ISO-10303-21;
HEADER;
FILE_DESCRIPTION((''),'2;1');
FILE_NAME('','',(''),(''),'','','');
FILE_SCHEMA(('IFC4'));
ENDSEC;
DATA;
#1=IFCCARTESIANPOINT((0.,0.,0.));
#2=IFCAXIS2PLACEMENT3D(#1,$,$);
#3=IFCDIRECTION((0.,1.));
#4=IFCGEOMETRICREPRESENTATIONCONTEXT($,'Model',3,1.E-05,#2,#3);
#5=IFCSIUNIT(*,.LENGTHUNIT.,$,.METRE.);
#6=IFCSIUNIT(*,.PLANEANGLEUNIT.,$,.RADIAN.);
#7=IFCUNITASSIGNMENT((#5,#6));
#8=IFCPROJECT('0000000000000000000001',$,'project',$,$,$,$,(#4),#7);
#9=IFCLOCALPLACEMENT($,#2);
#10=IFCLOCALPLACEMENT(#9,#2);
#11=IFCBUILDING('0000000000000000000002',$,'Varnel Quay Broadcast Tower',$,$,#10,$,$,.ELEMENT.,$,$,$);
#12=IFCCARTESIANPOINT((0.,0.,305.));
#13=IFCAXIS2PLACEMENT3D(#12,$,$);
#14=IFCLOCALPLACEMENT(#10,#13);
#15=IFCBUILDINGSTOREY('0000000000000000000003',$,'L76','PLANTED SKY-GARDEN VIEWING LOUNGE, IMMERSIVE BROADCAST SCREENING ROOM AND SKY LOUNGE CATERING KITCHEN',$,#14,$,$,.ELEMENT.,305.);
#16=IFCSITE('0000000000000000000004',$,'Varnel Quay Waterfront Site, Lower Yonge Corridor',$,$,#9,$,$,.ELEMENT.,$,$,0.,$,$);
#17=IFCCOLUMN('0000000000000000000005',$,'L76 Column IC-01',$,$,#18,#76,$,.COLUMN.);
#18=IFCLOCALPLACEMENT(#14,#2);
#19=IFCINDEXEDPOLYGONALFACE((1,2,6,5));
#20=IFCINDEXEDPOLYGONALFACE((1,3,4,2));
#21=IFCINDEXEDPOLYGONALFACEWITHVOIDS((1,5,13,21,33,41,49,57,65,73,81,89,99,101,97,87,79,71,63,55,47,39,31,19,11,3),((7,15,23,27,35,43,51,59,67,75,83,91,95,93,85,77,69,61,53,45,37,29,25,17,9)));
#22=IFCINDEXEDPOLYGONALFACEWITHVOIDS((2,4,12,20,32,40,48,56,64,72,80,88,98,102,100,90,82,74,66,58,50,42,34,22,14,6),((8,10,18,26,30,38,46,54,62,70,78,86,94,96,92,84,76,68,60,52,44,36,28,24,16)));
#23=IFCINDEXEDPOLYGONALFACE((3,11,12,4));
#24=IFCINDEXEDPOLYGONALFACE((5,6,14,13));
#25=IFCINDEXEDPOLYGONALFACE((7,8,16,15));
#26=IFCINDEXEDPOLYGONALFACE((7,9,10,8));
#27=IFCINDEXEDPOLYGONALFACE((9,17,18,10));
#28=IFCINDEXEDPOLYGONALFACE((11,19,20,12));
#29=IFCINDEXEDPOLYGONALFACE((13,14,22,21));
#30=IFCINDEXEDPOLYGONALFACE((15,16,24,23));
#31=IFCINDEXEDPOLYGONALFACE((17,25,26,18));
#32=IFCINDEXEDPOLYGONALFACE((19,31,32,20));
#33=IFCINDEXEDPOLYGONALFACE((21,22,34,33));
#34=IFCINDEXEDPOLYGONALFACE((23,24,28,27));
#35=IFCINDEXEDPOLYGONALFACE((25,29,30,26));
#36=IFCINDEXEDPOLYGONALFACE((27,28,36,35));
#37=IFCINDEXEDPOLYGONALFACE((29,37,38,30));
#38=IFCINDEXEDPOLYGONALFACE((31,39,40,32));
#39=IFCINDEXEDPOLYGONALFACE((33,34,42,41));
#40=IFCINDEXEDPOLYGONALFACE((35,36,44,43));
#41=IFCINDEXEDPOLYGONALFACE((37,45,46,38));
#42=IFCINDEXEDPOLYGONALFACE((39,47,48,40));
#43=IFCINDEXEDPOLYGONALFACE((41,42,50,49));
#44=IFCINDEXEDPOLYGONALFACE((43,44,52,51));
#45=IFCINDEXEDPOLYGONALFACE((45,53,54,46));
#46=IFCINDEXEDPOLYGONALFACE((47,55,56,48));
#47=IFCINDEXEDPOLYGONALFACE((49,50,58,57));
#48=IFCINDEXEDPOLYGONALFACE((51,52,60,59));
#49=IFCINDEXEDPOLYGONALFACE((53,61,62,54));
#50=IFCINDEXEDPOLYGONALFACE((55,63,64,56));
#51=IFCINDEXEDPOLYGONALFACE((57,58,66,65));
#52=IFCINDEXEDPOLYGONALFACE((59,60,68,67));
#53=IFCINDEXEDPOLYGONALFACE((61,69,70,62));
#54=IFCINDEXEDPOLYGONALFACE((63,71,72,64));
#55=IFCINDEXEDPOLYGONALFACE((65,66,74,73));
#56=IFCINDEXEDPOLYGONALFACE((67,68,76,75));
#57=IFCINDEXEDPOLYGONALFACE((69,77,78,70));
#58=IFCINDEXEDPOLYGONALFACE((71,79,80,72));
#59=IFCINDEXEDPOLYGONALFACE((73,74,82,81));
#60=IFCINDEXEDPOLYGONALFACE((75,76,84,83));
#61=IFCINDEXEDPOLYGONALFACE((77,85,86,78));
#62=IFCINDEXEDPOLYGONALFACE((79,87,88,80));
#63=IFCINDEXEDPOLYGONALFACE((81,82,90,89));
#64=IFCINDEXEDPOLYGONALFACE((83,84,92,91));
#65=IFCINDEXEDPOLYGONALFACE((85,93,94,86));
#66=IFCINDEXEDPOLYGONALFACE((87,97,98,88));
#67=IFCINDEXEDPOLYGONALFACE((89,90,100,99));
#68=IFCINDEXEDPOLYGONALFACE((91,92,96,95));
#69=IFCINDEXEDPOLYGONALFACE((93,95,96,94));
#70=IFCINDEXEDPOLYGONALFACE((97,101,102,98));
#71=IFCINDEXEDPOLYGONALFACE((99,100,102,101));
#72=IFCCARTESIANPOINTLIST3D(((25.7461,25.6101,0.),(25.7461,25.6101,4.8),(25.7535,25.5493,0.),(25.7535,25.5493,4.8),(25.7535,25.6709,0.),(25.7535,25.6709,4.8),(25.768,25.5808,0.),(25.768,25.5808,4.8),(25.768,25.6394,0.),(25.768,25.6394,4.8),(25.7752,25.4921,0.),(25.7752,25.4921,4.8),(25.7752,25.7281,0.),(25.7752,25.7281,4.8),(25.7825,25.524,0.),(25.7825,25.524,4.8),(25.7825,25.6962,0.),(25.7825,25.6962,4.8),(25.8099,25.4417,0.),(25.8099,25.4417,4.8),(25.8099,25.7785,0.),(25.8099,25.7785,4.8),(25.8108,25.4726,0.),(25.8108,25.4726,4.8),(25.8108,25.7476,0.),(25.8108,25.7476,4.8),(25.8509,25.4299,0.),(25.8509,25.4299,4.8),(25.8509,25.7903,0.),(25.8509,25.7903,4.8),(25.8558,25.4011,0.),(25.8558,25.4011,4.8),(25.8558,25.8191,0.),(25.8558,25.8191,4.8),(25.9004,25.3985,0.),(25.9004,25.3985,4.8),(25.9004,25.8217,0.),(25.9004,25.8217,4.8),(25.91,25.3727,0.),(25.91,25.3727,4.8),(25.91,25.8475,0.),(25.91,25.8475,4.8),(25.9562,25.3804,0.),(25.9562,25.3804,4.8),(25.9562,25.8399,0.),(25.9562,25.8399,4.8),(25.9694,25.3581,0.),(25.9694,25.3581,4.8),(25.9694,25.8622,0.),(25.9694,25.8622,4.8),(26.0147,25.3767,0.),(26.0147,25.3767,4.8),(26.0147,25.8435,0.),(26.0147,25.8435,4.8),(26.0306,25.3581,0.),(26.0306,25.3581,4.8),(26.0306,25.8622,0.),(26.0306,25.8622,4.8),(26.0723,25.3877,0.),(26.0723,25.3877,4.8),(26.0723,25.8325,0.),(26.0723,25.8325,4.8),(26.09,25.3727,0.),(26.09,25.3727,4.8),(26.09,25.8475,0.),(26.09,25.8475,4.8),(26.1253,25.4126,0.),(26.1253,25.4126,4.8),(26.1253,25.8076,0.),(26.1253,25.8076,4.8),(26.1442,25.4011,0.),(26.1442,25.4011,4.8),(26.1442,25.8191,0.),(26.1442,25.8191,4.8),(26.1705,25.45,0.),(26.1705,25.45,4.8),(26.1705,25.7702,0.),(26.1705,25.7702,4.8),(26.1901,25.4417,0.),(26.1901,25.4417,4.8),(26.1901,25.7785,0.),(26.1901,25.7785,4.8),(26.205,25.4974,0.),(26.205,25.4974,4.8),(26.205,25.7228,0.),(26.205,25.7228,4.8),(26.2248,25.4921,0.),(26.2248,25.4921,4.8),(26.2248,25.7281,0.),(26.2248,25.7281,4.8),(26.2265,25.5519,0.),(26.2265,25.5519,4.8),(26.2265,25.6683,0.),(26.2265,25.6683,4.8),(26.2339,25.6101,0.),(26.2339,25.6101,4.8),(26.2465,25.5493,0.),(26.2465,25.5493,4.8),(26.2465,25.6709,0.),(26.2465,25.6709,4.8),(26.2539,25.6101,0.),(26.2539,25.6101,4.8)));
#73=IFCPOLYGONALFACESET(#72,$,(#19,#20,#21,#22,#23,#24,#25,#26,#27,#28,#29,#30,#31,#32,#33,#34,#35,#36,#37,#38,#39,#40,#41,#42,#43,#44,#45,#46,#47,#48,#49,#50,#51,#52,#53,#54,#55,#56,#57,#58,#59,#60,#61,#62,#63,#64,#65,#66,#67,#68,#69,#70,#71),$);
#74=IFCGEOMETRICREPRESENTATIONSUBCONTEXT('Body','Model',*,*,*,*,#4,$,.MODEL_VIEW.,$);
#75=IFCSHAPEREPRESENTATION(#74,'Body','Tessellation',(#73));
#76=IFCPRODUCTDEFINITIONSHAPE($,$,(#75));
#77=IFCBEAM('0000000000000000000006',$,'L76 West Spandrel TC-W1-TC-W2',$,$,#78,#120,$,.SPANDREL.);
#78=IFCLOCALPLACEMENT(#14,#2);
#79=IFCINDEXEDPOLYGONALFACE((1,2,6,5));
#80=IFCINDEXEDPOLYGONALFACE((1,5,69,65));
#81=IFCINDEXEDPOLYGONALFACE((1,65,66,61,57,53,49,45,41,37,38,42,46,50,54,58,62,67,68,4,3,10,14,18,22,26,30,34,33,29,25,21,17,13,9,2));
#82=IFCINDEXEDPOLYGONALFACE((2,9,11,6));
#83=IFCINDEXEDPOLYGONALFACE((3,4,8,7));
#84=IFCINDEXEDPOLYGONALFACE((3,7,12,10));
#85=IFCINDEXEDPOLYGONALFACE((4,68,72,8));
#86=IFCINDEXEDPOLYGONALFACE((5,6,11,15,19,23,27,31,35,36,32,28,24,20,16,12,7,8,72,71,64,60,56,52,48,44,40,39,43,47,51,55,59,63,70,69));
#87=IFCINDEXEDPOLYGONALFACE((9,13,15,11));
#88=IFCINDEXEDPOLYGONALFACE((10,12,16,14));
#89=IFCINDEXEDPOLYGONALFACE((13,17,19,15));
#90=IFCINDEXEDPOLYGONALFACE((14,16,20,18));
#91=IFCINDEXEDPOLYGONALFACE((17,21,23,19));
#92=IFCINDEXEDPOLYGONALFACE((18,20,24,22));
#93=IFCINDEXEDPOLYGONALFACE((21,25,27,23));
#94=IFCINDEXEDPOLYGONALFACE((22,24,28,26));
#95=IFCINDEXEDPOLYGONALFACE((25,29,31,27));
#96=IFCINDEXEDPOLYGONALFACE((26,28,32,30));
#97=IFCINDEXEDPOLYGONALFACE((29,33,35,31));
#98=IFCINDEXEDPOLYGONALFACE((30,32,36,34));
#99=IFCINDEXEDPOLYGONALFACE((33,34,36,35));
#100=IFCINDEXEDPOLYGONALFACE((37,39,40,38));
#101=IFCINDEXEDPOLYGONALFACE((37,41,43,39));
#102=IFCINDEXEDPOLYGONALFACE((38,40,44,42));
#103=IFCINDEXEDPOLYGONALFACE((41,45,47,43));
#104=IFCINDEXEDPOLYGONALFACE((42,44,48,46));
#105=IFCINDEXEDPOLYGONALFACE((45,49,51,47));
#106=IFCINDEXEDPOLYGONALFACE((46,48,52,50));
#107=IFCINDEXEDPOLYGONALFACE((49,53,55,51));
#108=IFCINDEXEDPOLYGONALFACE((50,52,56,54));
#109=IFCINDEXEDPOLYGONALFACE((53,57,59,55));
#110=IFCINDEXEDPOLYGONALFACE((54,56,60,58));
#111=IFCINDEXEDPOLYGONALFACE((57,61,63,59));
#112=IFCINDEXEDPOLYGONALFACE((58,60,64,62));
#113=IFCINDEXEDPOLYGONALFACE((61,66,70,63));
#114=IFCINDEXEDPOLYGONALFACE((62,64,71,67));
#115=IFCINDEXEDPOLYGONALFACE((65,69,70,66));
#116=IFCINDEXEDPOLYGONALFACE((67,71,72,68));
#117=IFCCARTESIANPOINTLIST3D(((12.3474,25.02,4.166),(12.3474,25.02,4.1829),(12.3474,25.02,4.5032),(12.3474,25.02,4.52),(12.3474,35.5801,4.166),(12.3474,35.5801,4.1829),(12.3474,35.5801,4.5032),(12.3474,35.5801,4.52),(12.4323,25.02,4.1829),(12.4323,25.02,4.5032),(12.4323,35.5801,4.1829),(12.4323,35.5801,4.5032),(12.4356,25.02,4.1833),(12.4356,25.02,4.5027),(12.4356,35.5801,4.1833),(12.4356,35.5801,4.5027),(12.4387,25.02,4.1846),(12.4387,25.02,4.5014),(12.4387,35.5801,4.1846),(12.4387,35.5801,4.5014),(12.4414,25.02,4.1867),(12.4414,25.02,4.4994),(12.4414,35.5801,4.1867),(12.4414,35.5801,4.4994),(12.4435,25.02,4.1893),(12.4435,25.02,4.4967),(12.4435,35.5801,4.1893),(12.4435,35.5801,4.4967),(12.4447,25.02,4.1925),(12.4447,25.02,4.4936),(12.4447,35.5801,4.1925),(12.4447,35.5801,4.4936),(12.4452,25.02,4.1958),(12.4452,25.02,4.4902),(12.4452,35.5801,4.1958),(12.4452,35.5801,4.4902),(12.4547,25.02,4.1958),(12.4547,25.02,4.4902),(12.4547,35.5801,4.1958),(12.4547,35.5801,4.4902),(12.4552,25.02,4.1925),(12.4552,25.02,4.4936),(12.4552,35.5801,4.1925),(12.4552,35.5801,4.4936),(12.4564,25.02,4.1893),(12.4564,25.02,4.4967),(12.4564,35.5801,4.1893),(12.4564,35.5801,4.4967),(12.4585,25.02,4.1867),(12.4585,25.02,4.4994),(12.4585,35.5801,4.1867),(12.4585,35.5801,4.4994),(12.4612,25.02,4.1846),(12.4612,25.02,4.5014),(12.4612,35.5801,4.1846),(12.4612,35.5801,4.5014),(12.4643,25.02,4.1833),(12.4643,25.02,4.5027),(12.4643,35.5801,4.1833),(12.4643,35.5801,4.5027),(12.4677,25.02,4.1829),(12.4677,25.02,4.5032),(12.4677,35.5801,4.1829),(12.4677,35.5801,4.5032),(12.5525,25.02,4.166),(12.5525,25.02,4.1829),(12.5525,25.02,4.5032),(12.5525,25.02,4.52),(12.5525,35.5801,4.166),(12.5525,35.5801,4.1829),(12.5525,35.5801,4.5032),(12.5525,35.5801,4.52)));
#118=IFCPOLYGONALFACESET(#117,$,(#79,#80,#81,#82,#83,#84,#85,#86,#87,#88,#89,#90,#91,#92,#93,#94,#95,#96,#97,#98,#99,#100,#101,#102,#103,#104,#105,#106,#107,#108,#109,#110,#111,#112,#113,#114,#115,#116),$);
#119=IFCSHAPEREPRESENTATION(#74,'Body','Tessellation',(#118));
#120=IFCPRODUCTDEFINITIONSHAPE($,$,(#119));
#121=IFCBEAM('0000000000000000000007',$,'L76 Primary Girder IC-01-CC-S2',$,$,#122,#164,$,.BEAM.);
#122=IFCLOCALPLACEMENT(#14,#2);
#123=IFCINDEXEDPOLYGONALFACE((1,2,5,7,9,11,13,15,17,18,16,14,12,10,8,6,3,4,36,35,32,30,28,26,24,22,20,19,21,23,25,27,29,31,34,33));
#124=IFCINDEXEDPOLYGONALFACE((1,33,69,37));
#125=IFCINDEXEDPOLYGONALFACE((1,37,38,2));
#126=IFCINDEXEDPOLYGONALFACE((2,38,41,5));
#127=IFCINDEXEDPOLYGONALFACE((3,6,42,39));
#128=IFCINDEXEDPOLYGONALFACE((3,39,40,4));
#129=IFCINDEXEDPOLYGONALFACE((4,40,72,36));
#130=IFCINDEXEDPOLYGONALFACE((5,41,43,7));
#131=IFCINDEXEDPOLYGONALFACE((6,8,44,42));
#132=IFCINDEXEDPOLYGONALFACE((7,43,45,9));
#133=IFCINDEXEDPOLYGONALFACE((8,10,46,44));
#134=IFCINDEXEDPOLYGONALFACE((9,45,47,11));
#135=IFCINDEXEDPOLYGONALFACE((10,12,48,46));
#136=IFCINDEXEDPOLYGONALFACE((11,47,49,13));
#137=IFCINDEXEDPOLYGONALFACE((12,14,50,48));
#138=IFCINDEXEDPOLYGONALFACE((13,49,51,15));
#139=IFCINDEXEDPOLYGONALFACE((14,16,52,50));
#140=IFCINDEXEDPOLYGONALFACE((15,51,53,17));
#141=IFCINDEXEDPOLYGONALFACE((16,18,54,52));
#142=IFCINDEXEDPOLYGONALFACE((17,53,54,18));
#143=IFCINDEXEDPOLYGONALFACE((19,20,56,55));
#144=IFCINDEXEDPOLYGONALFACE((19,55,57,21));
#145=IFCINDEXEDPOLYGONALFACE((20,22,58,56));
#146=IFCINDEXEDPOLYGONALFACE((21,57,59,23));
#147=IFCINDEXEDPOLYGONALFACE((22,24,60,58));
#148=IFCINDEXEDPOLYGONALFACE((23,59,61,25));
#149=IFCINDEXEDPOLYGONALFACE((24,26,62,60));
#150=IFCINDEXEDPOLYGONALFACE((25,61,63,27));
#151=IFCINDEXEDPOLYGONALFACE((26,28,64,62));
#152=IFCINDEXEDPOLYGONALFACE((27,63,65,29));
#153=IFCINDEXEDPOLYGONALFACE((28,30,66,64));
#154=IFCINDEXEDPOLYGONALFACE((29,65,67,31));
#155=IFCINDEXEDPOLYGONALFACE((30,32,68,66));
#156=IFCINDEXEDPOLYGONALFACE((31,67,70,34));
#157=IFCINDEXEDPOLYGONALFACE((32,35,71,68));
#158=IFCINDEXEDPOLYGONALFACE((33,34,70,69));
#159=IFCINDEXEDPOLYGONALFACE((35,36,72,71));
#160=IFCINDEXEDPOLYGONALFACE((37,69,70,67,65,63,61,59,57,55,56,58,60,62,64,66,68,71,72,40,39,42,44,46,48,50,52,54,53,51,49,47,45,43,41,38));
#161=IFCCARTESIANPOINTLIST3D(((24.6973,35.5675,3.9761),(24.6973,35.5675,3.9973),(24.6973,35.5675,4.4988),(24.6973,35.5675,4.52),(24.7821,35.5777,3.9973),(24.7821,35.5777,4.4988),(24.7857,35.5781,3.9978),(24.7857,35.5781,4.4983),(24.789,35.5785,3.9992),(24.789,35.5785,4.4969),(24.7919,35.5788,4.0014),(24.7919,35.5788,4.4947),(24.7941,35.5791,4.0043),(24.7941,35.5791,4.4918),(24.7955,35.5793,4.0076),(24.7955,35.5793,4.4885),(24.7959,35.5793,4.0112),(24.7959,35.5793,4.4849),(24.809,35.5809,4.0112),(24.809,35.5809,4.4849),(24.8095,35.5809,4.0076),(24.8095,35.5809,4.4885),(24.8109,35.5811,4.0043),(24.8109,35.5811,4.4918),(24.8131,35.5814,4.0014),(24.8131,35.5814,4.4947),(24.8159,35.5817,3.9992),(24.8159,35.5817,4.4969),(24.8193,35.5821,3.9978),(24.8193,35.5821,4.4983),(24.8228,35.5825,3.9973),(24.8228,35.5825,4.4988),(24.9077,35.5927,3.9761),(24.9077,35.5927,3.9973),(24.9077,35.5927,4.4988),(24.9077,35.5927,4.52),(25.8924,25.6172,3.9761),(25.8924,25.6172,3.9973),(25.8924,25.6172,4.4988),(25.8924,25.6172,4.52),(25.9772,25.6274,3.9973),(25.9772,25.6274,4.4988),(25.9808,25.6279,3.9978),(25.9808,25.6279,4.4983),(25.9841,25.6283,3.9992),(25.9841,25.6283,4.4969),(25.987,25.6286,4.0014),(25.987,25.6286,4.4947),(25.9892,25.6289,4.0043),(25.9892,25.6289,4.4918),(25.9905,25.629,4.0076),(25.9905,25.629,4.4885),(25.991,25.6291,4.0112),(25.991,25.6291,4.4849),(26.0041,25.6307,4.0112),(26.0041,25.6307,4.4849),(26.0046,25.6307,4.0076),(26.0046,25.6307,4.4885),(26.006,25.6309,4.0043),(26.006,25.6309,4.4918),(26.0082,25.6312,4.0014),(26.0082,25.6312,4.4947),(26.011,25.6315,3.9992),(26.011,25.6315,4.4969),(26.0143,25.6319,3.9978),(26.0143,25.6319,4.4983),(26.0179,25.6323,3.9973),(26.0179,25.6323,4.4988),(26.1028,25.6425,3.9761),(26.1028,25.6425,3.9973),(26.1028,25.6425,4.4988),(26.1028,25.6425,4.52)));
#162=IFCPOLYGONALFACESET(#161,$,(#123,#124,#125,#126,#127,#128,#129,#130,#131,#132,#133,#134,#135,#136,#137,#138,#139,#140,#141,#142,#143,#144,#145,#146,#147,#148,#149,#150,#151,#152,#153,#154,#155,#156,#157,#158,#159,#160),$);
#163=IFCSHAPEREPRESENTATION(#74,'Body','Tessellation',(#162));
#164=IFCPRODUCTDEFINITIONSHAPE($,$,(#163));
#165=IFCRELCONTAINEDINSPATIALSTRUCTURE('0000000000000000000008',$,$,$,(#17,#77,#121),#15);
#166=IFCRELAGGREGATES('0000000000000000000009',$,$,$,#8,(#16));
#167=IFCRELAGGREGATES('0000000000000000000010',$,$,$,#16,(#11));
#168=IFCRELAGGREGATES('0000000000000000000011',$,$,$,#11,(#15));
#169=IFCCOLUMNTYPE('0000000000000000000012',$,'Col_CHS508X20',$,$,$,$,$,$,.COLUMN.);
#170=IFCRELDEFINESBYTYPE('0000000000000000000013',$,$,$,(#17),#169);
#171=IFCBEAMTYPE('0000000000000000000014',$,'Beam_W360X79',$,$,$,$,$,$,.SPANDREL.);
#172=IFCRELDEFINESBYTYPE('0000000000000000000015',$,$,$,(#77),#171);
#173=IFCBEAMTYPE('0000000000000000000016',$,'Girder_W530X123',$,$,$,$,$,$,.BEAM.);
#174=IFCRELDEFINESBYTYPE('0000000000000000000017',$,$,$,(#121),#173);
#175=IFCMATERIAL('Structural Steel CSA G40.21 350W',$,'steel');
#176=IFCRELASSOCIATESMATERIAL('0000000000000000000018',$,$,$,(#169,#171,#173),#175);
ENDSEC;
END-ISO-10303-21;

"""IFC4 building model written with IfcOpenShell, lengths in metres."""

from ifc_helpers import new_model, si_unit, direction, frame, origin, origin_2d, place, context, subcontext, project, spatial, hollow_circle, i_section, extrude, source, transform, mapped, material, material_profile, profile_set, type_object, type_shapes, element, save


model = new_model("IFC4")

# Units and contexts
model_context = context("Model", 3, precision=1e-05, world=origin(), true_north=direction((0.0, 1.0)))
body_context = subcontext(model_context, "Body", "Model", "MODEL_VIEW")
ifc_project = project(units=[si_unit("LENGTHUNIT", "METRE"), si_unit("PLANEANGLEUNIT", "RADIAN")], contexts=[model_context])

# Site, building, storey
site_placement = place(None, origin())
site = spatial("IfcSite", under=ifc_project, at=site_placement, Name="Varnel Quay Waterfront Site, Lower Yonge Corridor", CompositionType="ELEMENT", RefElevation=0.0)
building_placement = place(site_placement, origin())
building = spatial("IfcBuilding", under=site, at=building_placement, Name="Varnel Quay Broadcast Tower", CompositionType="ELEMENT")
storey_placement = place(building_placement, frame((0.0, 0.0, 305.0)))
storey = spatial("IfcBuildingStorey", under=building, at=storey_placement, Name="L76", Description="PLANTED SKY-GARDEN VIEWING LOUNGE, IMMERSIVE BROADCAST SCREENING ROOM AND SKY LOUNGE CATERING KITCHEN", CompositionType="ELEMENT", Elevation=305.0)

# Column
ifc_material_1 = material(Name="Structural Steel CSA G40.21 350W", Category="steel")
ifc_material_profile_1 = material_profile(ifc_material_1, hollow_circle(Radius=0.2539, WallThickness=0.02, at=origin_2d()), Name="CHS508X20")
ifc_profile_set_1 = profile_set([ifc_material_profile_1], Name="Structural Steel CSA G40.21 350W")
column_type_1 = type_object("IfcColumnType", Name="Col_CHS508X20", PredefinedType="COLUMN", material=ifc_profile_set_1)
shared_shape_1 = source(origin(), body_context, "Body", "SweptSolid", [
    extrude(hollow_circle(Radius=0.2539, WallThickness=0.02, at=origin_2d()), origin(), (0.0, 0.0, 1.0), 4.8),
])
type_shapes(column_type_1, [shared_shape_1])
column_placement = place(storey_placement, frame((26.0, 25.6101, 0.0), z_axis=(0.0, 0.0, 1.0), x_axis=(1.0, 0.0, 0.0)))
element("IfcColumn", 1, at=column_placement, inside=storey, type_object=column_type_1, Name="L76 Column IC-01", PredefinedType="COLUMN", context=body_context, shape_type="MappedRepresentation", body=[
    mapped(shared_shape_1, transform((0.0, 0.0, 0.0), x_axis=(1.0, 0.0, 0.0), y_axis=(0.0, 1.0, 0.0), z_axis=(0.0, 0.0, 1.0), scale=1.0)),
])

# Beams
ifc_material_profile_2 = material_profile(ifc_material_1, i_section(OverallWidth=0.2051, OverallDepth=0.354, WebThickness=0.0095, FlangeThickness=0.0168, FilletRadius=0.0129, at=origin_2d()), Name="W360X79")
ifc_profile_set_2 = profile_set([ifc_material_profile_2], Name="Structural Steel CSA G40.21 350W")
beam_type_1 = type_object("IfcBeamType", Name="Beam_W360X79", PredefinedType="SPANDREL", material=ifc_profile_set_2)
shared_shape_2 = source(origin(), body_context, "Body", "SweptSolid", [
    extrude(i_section(OverallWidth=0.2051, OverallDepth=0.354, WebThickness=0.0095, FlangeThickness=0.0168, FilletRadius=0.0129, at=origin_2d()), origin(), (0.0, 0.0, 1.0), 10.5601),
])
type_shapes(beam_type_1, [shared_shape_2])
beam_1_placement = place(storey_placement, frame((12.45, 25.02, 4.343), z_axis=(0.0, 1.0, 0.0), x_axis=(-1.0, 0.0, 0.0)))
element("IfcBeam", 2, at=beam_1_placement, inside=storey, type_object=beam_type_1, Name="L76 West Spandrel TC-W1-TC-W2", PredefinedType="SPANDREL", context=body_context, shape_type="MappedRepresentation", body=[
    mapped(shared_shape_2, transform((0.0, 0.0, 0.0), x_axis=(1.0, 0.0, 0.0), y_axis=(0.0, 1.0, 0.0), z_axis=(0.0, 0.0, 1.0), scale=1.0)),
])
ifc_material_profile_3 = material_profile(ifc_material_1, i_section(OverallWidth=0.2119, OverallDepth=0.5439, WebThickness=0.0132, FlangeThickness=0.0212, FilletRadius=0.0139, at=origin_2d()), Name="W530X123")
ifc_profile_set_3 = profile_set([ifc_material_profile_3], Name="Structural Steel CSA G40.21 350W")
beam_type_2 = type_object("IfcBeamType", Name="Girder_W530X123", PredefinedType="BEAM", material=ifc_profile_set_3)
shared_shape_3 = source(origin(), body_context, "Body", "SweptSolid", [
    extrude(i_section(OverallWidth=0.2119, OverallDepth=0.5439, WebThickness=0.0132, FlangeThickness=0.0212, FilletRadius=0.0139, at=origin_2d()), origin(), (0.0, 0.0, 1.0), 10.0217),
])
beam_2_placement = place(storey_placement, frame((25.9976, 25.6299, 4.248), z_axis=(-0.119248, 0.992864, 0.0), x_axis=(-0.992864, -0.119248, 0.0)))
element("IfcBeam", 3, at=beam_2_placement, inside=storey, type_object=beam_type_2, Name="L76 Primary Girder IC-01-CC-S2", PredefinedType="BEAM", context=body_context, shape_type="MappedRepresentation", body=[
    mapped(shared_shape_3, transform((0.0, 0.0, 0.0), x_axis=(1.0, 0.0, 0.0), y_axis=(0.0, 1.0, 0.0), z_axis=(0.0, 0.0, 1.0), scale=1.0)),
])

save(model, "model.ifc")
